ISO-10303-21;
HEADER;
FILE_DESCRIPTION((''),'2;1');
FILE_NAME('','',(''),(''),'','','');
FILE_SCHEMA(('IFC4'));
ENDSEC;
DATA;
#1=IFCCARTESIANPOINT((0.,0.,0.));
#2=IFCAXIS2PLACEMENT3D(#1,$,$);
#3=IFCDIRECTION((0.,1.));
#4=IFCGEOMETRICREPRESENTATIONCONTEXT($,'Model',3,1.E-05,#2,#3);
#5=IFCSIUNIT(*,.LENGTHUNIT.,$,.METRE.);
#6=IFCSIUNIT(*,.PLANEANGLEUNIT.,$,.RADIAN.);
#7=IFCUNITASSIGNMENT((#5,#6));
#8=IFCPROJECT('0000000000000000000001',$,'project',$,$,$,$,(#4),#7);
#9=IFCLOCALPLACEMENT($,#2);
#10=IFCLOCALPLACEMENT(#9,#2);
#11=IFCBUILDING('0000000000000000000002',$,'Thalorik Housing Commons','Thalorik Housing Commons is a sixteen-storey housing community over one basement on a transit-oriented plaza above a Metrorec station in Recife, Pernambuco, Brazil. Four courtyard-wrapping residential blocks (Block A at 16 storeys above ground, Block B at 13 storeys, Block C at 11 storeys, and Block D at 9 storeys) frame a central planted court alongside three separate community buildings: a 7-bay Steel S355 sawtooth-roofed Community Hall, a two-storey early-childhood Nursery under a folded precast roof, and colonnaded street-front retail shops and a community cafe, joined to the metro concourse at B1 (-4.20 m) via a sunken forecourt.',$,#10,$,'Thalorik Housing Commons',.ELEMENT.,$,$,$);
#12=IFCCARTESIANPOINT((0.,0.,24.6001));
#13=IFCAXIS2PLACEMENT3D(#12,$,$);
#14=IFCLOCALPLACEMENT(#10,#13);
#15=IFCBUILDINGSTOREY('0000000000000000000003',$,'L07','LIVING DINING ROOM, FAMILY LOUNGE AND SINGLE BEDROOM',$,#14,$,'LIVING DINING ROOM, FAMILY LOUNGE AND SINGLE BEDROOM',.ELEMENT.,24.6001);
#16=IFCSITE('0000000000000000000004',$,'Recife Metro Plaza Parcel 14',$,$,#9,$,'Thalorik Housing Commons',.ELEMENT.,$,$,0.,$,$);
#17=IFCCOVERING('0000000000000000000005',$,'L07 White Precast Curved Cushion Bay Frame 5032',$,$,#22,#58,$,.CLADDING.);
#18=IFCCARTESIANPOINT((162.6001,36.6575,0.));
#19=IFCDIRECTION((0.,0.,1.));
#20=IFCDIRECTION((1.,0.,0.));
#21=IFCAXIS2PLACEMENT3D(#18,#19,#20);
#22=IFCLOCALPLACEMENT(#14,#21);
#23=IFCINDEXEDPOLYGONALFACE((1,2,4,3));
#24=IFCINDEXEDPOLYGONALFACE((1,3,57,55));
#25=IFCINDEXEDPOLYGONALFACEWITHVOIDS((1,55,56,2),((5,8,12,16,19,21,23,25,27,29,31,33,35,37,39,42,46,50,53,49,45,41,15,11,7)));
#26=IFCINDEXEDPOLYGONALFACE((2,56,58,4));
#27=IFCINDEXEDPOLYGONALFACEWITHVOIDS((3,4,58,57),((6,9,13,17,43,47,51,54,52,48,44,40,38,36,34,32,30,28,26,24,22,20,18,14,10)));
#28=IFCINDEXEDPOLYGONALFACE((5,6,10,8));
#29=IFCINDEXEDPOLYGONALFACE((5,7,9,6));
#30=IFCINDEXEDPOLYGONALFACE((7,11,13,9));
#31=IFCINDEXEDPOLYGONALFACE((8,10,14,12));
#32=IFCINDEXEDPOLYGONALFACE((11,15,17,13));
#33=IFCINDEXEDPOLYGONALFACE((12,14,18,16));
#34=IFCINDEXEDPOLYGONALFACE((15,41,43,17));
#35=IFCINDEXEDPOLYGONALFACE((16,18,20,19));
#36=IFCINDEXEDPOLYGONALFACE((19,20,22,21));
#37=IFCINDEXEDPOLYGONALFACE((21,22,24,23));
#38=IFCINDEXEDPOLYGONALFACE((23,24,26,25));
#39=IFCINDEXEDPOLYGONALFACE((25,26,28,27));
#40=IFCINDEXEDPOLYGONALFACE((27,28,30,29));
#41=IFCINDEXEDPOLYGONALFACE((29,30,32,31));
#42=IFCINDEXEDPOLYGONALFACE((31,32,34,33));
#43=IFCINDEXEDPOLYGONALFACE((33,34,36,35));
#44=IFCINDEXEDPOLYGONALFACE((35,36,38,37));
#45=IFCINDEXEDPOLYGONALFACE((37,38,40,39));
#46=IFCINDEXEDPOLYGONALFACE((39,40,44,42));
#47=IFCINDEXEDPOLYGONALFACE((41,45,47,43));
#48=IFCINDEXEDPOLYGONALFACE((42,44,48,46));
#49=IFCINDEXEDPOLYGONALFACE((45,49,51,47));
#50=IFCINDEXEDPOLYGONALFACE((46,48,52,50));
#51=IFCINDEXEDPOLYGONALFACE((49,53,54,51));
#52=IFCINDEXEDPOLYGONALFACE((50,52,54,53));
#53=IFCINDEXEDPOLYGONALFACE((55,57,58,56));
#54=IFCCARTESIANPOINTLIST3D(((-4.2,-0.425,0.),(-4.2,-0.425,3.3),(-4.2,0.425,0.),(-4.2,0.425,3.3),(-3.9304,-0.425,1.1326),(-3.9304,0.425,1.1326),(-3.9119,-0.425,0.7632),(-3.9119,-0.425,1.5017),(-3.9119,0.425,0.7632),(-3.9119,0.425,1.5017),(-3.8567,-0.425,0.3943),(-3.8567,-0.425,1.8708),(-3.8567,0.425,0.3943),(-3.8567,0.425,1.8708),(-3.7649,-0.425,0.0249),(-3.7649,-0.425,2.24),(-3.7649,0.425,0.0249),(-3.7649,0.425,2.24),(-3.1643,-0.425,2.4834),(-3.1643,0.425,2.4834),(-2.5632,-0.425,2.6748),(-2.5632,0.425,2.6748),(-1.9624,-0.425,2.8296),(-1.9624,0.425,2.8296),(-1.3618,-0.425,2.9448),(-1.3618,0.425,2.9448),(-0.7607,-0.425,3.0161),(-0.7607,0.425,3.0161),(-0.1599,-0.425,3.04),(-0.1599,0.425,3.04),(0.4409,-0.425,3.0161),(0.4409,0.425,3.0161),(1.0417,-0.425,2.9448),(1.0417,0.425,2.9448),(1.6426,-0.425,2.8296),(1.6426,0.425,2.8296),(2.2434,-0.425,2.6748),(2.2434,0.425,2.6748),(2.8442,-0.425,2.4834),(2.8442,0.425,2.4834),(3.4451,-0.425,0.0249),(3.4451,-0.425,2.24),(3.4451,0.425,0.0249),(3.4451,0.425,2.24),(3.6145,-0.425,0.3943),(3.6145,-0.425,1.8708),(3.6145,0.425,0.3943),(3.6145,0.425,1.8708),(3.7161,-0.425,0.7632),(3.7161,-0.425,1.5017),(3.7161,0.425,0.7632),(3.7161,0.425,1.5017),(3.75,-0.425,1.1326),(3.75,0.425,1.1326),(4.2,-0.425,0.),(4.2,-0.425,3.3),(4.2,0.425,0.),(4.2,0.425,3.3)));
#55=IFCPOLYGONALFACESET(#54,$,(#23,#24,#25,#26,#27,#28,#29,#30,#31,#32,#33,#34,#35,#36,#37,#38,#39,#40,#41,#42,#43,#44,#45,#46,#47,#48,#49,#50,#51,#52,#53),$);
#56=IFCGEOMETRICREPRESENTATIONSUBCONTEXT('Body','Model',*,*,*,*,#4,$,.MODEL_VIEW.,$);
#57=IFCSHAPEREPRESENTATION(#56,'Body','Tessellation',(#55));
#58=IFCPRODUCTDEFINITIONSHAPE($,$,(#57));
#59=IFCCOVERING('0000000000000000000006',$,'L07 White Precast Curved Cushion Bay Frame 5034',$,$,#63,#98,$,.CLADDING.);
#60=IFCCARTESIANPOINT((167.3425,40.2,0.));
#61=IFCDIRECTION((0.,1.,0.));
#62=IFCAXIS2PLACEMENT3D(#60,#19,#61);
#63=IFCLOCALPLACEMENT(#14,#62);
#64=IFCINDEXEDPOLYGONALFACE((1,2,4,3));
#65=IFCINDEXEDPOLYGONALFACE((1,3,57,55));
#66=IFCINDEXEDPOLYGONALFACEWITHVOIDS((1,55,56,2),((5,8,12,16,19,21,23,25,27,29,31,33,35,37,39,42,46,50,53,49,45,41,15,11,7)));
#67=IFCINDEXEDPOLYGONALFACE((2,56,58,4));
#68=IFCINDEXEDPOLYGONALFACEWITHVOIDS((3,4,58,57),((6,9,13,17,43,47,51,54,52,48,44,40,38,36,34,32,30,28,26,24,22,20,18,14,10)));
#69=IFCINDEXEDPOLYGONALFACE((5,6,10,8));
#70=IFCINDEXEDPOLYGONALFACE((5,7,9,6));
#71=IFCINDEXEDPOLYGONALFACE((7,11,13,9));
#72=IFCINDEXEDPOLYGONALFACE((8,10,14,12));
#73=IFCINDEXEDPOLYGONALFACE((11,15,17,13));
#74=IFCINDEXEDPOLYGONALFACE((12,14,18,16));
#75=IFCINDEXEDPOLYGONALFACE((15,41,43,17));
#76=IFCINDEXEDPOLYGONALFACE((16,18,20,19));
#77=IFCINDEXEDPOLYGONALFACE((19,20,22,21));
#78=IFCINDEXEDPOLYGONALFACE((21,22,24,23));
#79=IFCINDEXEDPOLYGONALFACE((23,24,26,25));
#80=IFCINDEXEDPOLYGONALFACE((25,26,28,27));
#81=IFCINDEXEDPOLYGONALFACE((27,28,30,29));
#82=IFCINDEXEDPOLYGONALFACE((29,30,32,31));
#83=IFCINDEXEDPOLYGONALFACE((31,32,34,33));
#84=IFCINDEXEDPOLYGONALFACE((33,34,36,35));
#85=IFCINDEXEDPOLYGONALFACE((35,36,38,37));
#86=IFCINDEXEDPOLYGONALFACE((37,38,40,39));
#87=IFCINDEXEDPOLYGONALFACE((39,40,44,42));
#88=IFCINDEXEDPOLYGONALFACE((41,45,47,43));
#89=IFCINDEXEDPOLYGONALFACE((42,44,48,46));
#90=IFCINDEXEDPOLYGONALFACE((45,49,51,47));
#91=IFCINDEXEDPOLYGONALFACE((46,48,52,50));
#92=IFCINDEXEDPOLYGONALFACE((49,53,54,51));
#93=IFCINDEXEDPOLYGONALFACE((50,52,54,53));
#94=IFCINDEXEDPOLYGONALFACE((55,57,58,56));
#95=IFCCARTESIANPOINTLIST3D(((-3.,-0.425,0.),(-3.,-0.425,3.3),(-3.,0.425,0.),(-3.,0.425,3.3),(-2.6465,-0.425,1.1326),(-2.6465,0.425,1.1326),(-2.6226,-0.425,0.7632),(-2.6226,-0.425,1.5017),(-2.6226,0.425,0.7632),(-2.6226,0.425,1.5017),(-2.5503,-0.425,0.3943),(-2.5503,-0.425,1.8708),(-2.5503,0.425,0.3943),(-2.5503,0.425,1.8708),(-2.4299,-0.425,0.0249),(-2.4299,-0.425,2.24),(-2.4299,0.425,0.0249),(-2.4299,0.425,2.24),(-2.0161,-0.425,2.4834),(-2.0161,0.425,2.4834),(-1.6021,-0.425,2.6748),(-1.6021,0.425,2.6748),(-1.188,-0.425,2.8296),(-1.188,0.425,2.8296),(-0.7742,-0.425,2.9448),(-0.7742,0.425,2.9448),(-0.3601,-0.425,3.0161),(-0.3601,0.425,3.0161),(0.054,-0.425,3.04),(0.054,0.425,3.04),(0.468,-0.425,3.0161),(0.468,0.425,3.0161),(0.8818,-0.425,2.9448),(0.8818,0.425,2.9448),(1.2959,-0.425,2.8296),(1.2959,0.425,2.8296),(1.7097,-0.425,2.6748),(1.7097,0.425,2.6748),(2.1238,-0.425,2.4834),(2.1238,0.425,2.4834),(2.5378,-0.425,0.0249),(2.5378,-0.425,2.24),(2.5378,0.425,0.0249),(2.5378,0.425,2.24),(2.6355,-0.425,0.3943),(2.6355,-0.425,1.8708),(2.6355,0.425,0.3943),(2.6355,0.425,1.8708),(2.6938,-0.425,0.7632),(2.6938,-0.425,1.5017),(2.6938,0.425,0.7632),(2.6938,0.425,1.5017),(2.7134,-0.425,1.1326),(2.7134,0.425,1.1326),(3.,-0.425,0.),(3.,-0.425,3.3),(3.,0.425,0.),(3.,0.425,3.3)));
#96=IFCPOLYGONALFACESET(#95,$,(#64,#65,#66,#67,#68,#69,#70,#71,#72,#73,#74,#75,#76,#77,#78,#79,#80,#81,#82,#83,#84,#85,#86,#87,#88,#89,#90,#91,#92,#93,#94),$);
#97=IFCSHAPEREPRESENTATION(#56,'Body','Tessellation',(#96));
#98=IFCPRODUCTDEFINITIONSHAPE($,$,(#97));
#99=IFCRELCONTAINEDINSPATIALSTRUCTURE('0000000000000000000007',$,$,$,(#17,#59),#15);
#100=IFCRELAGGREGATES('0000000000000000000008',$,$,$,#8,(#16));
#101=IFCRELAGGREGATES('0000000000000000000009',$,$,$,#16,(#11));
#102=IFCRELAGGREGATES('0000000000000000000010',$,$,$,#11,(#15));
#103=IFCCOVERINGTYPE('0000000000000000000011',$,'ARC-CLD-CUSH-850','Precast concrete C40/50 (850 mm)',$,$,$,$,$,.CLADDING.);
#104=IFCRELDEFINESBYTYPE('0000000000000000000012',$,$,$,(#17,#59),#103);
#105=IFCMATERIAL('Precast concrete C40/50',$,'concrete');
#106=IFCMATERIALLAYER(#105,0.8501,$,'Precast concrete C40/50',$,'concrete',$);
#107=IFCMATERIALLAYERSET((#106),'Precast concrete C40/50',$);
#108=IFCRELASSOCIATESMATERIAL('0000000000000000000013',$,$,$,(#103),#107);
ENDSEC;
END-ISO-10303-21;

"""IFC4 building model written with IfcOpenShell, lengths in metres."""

from ifc_helpers import new_model, si_unit, direction, frame, origin, place, context, subcontext, project, spatial, polyline, outline, extrude, material, layer, layer_set, type_object, element, save


model = new_model("IFC4")

# Units and contexts
model_context = context("Model", 3, precision=1e-05, world=origin(), true_north=direction((0.0, 1.0)))
body_context = subcontext(model_context, "Body", "Model", "MODEL_VIEW")
ifc_project = project(units=[si_unit("LENGTHUNIT", "METRE"), si_unit("PLANEANGLEUNIT", "RADIAN")], contexts=[model_context])

# Site, building, storey
site_placement = place(None, origin())
site = spatial("IfcSite", under=ifc_project, at=site_placement, Name="Recife Metro Plaza Parcel 14", LongName="Thalorik Housing Commons", CompositionType="ELEMENT", RefElevation=0.0)
building_placement = place(site_placement, origin())
building = spatial("IfcBuilding", under=site, at=building_placement, Name="Thalorik Housing Commons", Description="Thalorik Housing Commons is a sixteen-storey housing community over one basement on a transit-oriented plaza above a Metrorec station in Recife, Pernambuco, Brazil. Four courtyard-wrapping residential blocks (Block A at 16 storeys above ground, Block B at 13 storeys, Block C at 11 storeys, and Block D at 9 storeys) frame a central planted court alongside three separate community buildings: a 7-bay Steel S355 sawtooth-roofed Community Hall, a two-storey early-childhood Nursery under a folded precast roof, and colonnaded street-front retail shops and a community cafe, joined to the metro concourse at B1 (-4.20 m) via a sunken forecourt.", LongName="Thalorik Housing Commons", CompositionType="ELEMENT")
storey_placement = place(building_placement, frame((0.0, 0.0, 24.6001)))
storey = spatial("IfcBuildingStorey", under=building, at=storey_placement, Name="L07", Description="LIVING DINING ROOM, FAMILY LOUNGE AND SINGLE BEDROOM", LongName="LIVING DINING ROOM, FAMILY LOUNGE AND SINGLE BEDROOM", CompositionType="ELEMENT", Elevation=24.6001)

# Shared definitions
ifc_material_1 = material(Name="Precast concrete C40/50", Category="concrete")

# Coverings
ifc_layer_1 = layer(ifc_material_1, 0.8501, Name="Precast concrete C40/50", Category="concrete")
ifc_layer_set_1 = layer_set([ifc_layer_1], Name="Precast concrete C40/50")
covering_type_1 = type_object("IfcCoveringType", Name="ARC-CLD-CUSH-850", Description="Precast concrete C40/50 (850 mm)", PredefinedType="CLADDING", material=ifc_layer_set_1)
covering_1_placement = place(storey_placement, frame((162.6001, 36.6575, 0.0), z_axis=(0.0, 0.0, 1.0), x_axis=(1.0, 0.0, 0.0)))
element("IfcCovering", 1, at=covering_1_placement, inside=storey, type_object=covering_type_1, Name="L07 White Precast Curved Cushion Bay Frame 5032", PredefinedType="CLADDING", context=body_context, shape_type="SweptSolid", body=[
    extrude(outline(polyline([(-4.2, 0.0), (4.2, 0.0), (4.2, 3.3), (-4.2, 3.3), (-4.2, 0.0)]), holes=[polyline([(3.4451, 0.0249), (3.6145, 0.3943), (3.7161, 0.7632), (3.75, 1.1326), (3.7161, 1.5017), (3.6145, 1.8708), (3.4451, 2.24), (2.8442, 2.4834), (2.2434, 2.6748), (1.6426, 2.8296), (1.0417, 2.9448), (0.4409, 3.0161), (-0.1599, 3.04), (-0.7607, 3.0161), (-1.3618, 2.9448), (-1.9624, 2.8296), (-2.5632, 2.6748), (-3.1643, 2.4834), (-3.7649, 2.24), (-3.8567, 1.8708), (-3.9119, 1.5017), (-3.9304, 1.1326), (-3.9119, 0.7632), (-3.8567, 0.3943), (-3.7649, 0.0249), (3.4451, 0.0249)])]), frame((0.0, 0.425, 0.0), z_axis=(0.0, -1.0, 0.0), x_axis=(1.0, 0.0, 0.0)), (0.0, 0.0, 1.0), 0.8501),
])
covering_2_placement = place(storey_placement, frame((167.3425, 40.2, 0.0), z_axis=(0.0, 0.0, 1.0), x_axis=(0.0, 1.0, 0.0)))
element("IfcCovering", 2, at=covering_2_placement, inside=storey, type_object=covering_type_1, Name="L07 White Precast Curved Cushion Bay Frame 5034", PredefinedType="CLADDING", context=body_context, shape_type="SweptSolid", body=[
    extrude(outline(polyline([(-3.0, 0.0), (3.0, 0.0), (3.0, 3.3), (-3.0, 3.3), (-3.0, 0.0)]), holes=[polyline([(2.5378, 0.0249), (2.6355, 0.3943), (2.6938, 0.7632), (2.7134, 1.1326), (2.6938, 1.5017), (2.6355, 1.8708), (2.5378, 2.24), (2.1238, 2.4834), (1.7097, 2.6748), (1.2959, 2.8296), (0.8818, 2.9448), (0.468, 3.0161), (0.054, 3.04), (-0.3601, 3.0161), (-0.7742, 2.9448), (-1.188, 2.8296), (-1.6021, 2.6748), (-2.0161, 2.4834), (-2.4299, 2.24), (-2.5503, 1.8708), (-2.6226, 1.5017), (-2.6465, 1.1326), (-2.6226, 0.7632), (-2.5503, 0.3943), (-2.4299, 0.0249), (2.5378, 0.0249)])]), frame((0.0, 0.425, 0.0), z_axis=(0.0, -1.0, 0.0), x_axis=(1.0, 0.0, 0.0)), (0.0, 0.0, 1.0), 0.8501),
])

save(model, "model.ifc")
